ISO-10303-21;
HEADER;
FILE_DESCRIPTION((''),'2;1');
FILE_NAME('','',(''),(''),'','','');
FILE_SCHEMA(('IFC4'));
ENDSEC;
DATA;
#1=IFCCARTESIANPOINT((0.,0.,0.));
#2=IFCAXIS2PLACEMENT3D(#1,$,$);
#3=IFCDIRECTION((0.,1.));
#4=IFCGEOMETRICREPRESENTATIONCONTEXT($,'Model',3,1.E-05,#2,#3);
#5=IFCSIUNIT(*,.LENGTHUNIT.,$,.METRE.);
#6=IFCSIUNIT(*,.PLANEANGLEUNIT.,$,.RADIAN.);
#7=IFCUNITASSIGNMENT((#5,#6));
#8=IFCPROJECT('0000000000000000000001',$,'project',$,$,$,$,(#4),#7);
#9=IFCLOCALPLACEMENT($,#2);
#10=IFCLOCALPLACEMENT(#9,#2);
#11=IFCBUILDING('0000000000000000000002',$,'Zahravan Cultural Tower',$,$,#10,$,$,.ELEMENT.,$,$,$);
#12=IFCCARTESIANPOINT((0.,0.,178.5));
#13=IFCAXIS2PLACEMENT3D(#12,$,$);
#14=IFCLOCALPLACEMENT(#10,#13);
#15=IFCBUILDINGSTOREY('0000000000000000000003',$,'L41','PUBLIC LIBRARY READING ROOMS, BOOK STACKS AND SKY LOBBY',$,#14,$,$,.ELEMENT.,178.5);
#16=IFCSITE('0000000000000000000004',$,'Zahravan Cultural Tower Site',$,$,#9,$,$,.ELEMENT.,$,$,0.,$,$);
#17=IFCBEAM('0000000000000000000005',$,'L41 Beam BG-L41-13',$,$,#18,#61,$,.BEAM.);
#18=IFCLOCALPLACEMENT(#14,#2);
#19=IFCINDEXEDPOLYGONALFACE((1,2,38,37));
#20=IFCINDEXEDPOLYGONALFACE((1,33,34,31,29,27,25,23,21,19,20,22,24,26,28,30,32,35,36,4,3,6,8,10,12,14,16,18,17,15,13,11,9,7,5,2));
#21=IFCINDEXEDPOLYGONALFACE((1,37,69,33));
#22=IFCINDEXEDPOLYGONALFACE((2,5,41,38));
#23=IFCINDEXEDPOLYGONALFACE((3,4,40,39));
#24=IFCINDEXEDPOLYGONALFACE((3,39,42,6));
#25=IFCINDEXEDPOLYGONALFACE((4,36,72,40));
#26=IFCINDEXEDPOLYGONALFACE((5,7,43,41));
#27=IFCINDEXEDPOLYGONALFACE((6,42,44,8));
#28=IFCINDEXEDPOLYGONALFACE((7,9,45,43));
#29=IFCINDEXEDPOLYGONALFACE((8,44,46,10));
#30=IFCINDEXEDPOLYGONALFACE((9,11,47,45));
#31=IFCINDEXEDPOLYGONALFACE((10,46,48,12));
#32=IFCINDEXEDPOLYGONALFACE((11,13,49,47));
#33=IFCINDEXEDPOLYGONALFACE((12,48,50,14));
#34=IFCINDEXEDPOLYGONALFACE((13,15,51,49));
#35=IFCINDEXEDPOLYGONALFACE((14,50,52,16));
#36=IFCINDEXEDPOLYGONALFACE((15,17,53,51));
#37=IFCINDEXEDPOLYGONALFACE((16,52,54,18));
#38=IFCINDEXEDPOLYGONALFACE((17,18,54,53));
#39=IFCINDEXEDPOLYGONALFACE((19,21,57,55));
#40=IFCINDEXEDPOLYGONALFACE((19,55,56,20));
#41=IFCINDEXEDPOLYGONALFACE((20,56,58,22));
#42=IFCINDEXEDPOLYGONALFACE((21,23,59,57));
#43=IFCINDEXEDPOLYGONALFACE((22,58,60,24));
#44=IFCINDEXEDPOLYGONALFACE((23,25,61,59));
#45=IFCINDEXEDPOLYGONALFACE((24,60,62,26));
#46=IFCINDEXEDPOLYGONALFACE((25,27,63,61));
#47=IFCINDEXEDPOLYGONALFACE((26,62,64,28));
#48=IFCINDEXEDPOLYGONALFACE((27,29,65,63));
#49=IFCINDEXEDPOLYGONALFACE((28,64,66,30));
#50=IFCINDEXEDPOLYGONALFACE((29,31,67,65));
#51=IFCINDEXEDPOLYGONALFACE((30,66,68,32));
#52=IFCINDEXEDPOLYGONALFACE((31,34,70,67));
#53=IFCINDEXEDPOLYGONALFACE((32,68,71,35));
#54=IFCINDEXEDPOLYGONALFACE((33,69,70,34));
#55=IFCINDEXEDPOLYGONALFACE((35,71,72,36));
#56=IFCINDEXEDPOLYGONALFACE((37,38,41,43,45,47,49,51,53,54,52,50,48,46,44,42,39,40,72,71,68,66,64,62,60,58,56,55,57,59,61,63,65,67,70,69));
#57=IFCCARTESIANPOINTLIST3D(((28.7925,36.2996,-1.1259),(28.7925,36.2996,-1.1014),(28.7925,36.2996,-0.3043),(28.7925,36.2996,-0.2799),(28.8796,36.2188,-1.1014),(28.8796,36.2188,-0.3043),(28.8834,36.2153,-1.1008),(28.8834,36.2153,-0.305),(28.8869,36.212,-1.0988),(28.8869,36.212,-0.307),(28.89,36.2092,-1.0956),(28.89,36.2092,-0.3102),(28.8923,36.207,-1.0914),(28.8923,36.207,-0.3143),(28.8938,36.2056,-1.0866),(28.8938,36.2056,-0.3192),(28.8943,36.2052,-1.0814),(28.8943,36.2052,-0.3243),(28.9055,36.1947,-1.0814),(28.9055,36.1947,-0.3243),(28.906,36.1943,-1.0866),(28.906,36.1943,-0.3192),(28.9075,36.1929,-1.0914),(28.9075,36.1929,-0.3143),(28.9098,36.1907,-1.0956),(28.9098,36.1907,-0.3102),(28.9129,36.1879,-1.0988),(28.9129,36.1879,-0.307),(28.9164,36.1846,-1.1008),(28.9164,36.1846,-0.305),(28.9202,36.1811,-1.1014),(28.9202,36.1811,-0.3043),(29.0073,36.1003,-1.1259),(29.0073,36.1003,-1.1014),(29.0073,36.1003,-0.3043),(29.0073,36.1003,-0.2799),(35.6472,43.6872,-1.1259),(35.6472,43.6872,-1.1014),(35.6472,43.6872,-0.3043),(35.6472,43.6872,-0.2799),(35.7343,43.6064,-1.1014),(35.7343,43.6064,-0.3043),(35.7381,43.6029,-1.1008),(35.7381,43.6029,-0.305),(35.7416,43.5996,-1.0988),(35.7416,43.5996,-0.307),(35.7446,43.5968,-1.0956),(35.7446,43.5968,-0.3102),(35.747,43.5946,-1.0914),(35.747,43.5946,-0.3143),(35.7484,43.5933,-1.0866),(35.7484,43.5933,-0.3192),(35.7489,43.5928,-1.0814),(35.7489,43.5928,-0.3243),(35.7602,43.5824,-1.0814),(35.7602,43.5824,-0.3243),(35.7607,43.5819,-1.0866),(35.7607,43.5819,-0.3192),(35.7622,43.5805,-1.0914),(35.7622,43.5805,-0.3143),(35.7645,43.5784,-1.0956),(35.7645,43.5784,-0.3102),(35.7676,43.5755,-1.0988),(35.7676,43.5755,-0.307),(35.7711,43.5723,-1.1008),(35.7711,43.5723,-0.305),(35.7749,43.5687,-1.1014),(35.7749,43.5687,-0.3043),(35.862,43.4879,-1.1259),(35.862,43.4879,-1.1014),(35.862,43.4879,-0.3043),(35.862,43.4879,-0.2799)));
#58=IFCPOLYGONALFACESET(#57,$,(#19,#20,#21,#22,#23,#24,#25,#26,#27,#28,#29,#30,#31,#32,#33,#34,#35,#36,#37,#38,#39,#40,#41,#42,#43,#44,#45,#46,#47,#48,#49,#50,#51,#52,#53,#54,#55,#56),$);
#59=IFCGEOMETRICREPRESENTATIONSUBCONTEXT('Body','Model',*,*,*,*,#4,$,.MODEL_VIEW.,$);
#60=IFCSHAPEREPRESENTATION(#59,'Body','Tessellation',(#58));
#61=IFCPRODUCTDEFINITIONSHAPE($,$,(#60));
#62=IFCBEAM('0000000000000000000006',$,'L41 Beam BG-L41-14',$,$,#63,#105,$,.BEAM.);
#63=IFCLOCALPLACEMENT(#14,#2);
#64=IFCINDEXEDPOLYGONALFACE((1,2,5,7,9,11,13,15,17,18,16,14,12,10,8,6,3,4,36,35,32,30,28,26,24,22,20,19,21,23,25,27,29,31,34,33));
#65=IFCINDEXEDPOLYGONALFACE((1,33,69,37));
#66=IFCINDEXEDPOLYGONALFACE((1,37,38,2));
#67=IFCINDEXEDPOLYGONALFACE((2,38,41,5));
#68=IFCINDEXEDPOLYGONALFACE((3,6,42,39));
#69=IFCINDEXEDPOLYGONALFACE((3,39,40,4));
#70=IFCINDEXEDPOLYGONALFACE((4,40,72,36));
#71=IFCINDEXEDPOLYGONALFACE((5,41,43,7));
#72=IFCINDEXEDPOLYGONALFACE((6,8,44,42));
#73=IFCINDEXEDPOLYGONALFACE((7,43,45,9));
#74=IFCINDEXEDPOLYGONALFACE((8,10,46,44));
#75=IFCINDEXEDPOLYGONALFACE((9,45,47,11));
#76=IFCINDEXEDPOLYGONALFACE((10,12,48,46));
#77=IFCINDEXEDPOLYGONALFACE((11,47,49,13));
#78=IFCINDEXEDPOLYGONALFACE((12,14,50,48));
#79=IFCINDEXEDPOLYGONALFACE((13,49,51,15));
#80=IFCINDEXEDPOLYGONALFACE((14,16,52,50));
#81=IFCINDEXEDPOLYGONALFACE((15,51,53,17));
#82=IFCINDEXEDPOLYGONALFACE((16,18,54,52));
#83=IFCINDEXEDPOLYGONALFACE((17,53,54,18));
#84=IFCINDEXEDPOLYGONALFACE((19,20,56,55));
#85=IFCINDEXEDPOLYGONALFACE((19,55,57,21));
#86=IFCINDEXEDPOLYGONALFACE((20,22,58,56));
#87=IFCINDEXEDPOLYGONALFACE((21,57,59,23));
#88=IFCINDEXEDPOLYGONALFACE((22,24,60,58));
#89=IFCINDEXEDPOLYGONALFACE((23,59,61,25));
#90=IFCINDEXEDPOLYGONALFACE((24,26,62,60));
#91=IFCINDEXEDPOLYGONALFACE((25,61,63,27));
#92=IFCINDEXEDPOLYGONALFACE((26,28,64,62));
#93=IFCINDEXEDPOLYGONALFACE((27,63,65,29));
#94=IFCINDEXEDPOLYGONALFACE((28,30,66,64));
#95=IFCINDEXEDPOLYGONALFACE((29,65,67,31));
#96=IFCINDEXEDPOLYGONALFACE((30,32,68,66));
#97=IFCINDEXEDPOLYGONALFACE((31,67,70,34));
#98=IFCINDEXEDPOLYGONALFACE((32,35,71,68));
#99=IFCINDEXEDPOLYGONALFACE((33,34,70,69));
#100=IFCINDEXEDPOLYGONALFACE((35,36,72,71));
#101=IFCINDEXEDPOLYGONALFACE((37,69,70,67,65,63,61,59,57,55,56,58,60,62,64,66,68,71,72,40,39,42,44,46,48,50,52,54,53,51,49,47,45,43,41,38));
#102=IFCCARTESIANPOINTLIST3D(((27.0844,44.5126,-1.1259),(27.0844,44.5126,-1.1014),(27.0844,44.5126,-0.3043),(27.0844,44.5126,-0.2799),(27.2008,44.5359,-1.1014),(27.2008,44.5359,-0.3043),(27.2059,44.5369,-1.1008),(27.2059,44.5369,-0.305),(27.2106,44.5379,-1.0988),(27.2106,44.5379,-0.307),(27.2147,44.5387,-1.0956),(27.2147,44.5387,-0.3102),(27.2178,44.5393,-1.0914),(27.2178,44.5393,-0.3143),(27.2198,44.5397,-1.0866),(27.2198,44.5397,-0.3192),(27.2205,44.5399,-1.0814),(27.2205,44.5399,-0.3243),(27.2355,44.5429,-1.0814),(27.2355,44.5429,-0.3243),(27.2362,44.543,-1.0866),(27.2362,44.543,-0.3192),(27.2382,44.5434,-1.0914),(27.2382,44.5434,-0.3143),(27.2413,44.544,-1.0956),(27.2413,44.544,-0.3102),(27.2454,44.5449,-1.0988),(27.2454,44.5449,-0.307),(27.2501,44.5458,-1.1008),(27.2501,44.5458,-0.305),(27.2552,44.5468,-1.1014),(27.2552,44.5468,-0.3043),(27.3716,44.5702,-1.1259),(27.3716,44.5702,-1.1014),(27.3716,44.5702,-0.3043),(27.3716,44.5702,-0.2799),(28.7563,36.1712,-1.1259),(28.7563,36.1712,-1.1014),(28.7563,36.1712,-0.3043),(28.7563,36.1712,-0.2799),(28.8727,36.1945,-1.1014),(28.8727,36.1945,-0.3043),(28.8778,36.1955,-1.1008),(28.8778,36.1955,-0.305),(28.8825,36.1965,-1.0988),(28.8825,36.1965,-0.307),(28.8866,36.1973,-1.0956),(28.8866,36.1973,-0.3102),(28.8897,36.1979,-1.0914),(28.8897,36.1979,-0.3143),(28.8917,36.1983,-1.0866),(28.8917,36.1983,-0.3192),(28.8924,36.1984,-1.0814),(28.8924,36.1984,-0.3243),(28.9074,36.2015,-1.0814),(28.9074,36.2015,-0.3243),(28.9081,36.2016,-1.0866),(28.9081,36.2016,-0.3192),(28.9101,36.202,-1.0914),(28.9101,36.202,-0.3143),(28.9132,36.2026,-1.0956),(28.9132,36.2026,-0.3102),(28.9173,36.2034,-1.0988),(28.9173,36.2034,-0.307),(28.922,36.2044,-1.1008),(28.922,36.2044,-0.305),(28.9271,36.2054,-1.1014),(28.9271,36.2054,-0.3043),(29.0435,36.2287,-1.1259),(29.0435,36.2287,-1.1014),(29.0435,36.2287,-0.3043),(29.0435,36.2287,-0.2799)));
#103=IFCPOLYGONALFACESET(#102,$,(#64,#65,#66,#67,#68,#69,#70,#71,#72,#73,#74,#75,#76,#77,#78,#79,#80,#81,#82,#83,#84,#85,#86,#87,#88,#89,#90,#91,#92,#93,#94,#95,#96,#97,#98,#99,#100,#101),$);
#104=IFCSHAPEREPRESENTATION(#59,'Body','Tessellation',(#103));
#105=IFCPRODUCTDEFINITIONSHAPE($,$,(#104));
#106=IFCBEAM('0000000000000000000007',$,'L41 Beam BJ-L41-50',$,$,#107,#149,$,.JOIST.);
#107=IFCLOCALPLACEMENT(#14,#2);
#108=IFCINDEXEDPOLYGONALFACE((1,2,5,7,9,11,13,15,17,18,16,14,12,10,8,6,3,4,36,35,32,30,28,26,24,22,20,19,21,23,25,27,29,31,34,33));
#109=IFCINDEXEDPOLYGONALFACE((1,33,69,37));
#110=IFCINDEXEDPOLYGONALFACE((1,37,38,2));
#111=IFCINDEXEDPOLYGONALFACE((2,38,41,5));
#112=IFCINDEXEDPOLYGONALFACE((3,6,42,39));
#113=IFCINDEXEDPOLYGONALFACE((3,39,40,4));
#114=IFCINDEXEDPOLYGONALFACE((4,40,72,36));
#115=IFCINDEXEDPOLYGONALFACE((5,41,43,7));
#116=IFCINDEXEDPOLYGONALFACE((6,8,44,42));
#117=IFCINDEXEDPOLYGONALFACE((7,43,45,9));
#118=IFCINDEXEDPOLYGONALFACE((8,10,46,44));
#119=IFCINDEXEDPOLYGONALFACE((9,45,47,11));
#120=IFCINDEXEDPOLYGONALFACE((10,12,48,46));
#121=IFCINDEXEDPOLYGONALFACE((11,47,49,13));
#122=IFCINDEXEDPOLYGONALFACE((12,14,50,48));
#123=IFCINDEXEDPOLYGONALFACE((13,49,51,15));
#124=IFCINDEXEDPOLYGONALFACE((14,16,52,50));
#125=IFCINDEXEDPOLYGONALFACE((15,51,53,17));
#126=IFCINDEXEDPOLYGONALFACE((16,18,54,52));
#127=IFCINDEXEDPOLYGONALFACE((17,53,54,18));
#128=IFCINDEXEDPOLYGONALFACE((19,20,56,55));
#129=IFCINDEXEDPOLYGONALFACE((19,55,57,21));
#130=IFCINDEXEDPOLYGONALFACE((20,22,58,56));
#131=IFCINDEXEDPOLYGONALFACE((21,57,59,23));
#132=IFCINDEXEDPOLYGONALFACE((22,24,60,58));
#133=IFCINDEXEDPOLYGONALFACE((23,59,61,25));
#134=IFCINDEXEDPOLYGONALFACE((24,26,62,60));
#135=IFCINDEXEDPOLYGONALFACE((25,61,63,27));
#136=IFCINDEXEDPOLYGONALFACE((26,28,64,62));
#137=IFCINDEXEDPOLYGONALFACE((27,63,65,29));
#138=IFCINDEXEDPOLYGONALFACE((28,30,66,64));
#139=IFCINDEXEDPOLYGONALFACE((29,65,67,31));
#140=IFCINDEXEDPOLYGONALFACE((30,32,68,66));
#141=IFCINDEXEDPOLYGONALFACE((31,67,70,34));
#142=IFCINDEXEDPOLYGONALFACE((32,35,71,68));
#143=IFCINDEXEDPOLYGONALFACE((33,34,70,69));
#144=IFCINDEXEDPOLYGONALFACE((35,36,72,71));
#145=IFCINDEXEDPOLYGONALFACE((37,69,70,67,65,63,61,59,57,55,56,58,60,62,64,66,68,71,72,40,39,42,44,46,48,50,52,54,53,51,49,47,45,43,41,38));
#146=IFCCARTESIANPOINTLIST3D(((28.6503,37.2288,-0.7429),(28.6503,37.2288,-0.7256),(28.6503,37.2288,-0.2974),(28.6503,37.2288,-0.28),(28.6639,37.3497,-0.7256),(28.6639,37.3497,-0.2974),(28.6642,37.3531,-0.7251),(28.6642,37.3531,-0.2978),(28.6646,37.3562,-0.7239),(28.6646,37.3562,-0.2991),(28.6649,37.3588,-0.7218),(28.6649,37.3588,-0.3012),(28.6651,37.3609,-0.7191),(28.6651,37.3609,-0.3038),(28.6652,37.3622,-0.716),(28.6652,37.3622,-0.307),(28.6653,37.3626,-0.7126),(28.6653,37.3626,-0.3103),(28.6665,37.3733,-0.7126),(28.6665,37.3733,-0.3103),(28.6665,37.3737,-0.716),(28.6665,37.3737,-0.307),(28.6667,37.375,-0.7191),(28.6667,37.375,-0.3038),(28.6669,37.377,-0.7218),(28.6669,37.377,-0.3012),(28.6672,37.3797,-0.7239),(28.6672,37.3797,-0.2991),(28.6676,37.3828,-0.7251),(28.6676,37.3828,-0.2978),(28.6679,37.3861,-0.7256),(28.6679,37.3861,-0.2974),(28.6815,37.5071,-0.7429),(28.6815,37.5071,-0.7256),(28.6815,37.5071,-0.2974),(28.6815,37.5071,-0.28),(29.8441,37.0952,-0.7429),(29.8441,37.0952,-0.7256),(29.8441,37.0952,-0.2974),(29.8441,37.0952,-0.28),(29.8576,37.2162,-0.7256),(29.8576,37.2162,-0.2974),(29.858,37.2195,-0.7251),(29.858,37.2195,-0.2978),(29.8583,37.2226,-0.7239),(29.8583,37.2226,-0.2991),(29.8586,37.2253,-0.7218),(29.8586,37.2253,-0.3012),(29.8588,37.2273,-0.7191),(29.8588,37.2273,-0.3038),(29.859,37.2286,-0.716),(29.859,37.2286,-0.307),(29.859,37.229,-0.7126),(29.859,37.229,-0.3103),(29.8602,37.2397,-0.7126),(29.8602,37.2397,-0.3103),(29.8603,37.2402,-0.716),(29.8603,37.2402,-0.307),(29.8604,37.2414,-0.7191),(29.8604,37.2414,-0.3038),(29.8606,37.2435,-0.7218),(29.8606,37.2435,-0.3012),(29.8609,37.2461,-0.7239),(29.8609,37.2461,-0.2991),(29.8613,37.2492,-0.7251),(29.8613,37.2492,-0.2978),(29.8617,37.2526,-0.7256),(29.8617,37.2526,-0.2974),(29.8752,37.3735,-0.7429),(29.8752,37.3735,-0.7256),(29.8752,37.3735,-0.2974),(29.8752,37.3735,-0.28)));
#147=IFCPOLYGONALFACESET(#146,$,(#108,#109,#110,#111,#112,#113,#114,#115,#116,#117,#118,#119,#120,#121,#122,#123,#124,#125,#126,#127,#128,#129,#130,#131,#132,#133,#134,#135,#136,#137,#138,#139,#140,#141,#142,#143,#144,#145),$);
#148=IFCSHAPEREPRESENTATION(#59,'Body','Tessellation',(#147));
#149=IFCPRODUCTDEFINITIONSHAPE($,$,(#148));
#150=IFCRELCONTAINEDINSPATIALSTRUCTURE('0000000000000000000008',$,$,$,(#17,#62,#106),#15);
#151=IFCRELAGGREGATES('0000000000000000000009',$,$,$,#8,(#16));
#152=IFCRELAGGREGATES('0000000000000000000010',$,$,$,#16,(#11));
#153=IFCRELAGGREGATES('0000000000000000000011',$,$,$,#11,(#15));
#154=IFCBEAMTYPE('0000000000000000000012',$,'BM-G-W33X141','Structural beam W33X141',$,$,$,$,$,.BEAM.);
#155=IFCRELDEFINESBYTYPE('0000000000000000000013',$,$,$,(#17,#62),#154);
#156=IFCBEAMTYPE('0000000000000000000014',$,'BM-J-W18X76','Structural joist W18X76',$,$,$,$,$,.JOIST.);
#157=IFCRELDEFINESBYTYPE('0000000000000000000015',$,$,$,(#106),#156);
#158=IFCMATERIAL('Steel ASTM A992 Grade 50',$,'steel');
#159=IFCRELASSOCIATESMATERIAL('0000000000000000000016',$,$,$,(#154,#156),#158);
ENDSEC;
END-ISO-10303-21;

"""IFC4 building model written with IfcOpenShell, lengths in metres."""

from ifc_helpers import new_model, si_unit, direction, frame, origin, origin_2d, place, context, subcontext, project, spatial, i_section, extrude, source, transform, mapped, material, material_profile, profile_set, type_object, element, save


model = new_model("IFC4")

# Units and contexts
model_context = context("Model", 3, precision=1e-05, world=origin(), true_north=direction((0.0, 1.0)))
body_context = subcontext(model_context, "Body", "Model", "MODEL_VIEW")
ifc_project = project(units=[si_unit("LENGTHUNIT", "METRE"), si_unit("PLANEANGLEUNIT", "RADIAN")], contexts=[model_context])

# Site, building, storey
site_placement = place(None, origin())
site = spatial("IfcSite", under=ifc_project, at=site_placement, Name="Zahravan Cultural Tower Site", CompositionType="ELEMENT", RefElevation=0.0)
building_placement = place(site_placement, origin())
building = spatial("IfcBuilding", under=site, at=building_placement, Name="Zahravan Cultural Tower", CompositionType="ELEMENT")
storey_placement = place(building_placement, frame((0.0, 0.0, 178.5)))
storey = spatial("IfcBuildingStorey", under=building, at=storey_placement, Name="L41", Description="PUBLIC LIBRARY READING ROOMS, BOOK STACKS AND SKY LOBBY", CompositionType="ELEMENT", Elevation=178.5)

# Shared definitions
ifc_material_1 = material(Name="Steel ASTM A992 Grade 50", Category="steel")

# Beams
ifc_material_profile_1 = material_profile(ifc_material_1, i_section(OverallWidth=0.293, OverallDepth=0.8459, WebThickness=0.0154, FlangeThickness=0.0244, FilletRadius=0.02, at=origin_2d()), Name="W33X141")
ifc_profile_set_1 = profile_set([ifc_material_profile_1], Name="Steel ASTM A992 Grade 50")
beam_type_1 = type_object("IfcBeamType", Name="BM-G-W33X141", Description="Structural beam W33X141", PredefinedType="BEAM", material=ifc_profile_set_1)
shared_shape_1 = source(origin(), body_context, "Body", "SweptSolid", [
    extrude(i_section(OverallWidth=0.293, OverallDepth=0.8459, WebThickness=0.0154, FlangeThickness=0.0244, FilletRadius=0.02, at=origin_2d()), origin(), (0.0, 0.0, 1.0), 10.0779),
])
beam_1_placement = place(storey_placement, frame((28.8999, 36.2, -0.7029), z_axis=(0.68017, 0.733054, 0.0), x_axis=(-0.733054, 0.68017, 0.0)))
element("IfcBeam", 1, at=beam_1_placement, inside=storey, type_object=beam_type_1, Name="L41 Beam BG-L41-13", PredefinedType="BEAM", context=body_context, shape_type="MappedRepresentation", body=[
    mapped(shared_shape_1, transform((0.0, 0.0, 0.0), x_axis=(1.0, 0.0, 0.0), y_axis=(0.0, 1.0, 0.0), z_axis=(0.0, 0.0, 1.0), scale=1.0)),
])
shared_shape_2 = source(origin(), body_context, "Body", "SweptSolid", [
    extrude(i_section(OverallWidth=0.293, OverallDepth=0.8459, WebThickness=0.0154, FlangeThickness=0.0244, FilletRadius=0.02, at=origin_2d()), origin(), (0.0, 0.0, 1.0), 8.5073),
])
beam_2_placement = place(storey_placement, frame((28.8999, 36.2, -0.7029), z_axis=(-0.196525, 0.980499, 0.0), x_axis=(-0.980499, -0.196525, 0.0)))
element("IfcBeam", 2, at=beam_2_placement, inside=storey, type_object=beam_type_1, Name="L41 Beam BG-L41-14", PredefinedType="BEAM", context=body_context, shape_type="MappedRepresentation", body=[
    mapped(shared_shape_2, transform((0.0, 0.0, 0.0), x_axis=(1.0, 0.0, 0.0), y_axis=(0.0, 1.0, 0.0), z_axis=(0.0, 0.0, 1.0), scale=1.0)),
])
ifc_material_profile_2 = material_profile(ifc_material_1, i_section(OverallWidth=0.28, OverallDepth=0.4629, WebThickness=0.0107, FlangeThickness=0.0173, FilletRadius=0.0129, at=origin_2d()), Name="W18X76")
ifc_profile_set_2 = profile_set([ifc_material_profile_2], Name="Steel ASTM A992 Grade 50")
beam_type_2 = type_object("IfcBeamType", Name="BM-J-W18X76", Description="Structural joist W18X76", PredefinedType="JOIST", material=ifc_profile_set_2)
shared_shape_3 = source(origin(), body_context, "Body", "SweptSolid", [
    extrude(i_section(OverallWidth=0.28, OverallDepth=0.4629, WebThickness=0.0107, FlangeThickness=0.0173, FilletRadius=0.0129, at=origin_2d()), origin(), (0.0, 0.0, 1.0), 1.2012),
])
beam_3_placement = place(storey_placement, frame((29.8596, 37.2344, -0.5115), z_axis=(-0.993799, 0.11119, 0.0), x_axis=(-0.11119, -0.993799, 0.0)))
element("IfcBeam", 3, at=beam_3_placement, inside=storey, type_object=beam_type_2, Name="L41 Beam BJ-L41-50", PredefinedType="JOIST", context=body_context, shape_type="MappedRepresentation", body=[
    mapped(shared_shape_3, transform((0.0, 0.0, 0.0), x_axis=(1.0, 0.0, 0.0), y_axis=(0.0, 1.0, 0.0), z_axis=(0.0, 0.0, 1.0), scale=1.0)),
])

save(model, "model.ifc")
